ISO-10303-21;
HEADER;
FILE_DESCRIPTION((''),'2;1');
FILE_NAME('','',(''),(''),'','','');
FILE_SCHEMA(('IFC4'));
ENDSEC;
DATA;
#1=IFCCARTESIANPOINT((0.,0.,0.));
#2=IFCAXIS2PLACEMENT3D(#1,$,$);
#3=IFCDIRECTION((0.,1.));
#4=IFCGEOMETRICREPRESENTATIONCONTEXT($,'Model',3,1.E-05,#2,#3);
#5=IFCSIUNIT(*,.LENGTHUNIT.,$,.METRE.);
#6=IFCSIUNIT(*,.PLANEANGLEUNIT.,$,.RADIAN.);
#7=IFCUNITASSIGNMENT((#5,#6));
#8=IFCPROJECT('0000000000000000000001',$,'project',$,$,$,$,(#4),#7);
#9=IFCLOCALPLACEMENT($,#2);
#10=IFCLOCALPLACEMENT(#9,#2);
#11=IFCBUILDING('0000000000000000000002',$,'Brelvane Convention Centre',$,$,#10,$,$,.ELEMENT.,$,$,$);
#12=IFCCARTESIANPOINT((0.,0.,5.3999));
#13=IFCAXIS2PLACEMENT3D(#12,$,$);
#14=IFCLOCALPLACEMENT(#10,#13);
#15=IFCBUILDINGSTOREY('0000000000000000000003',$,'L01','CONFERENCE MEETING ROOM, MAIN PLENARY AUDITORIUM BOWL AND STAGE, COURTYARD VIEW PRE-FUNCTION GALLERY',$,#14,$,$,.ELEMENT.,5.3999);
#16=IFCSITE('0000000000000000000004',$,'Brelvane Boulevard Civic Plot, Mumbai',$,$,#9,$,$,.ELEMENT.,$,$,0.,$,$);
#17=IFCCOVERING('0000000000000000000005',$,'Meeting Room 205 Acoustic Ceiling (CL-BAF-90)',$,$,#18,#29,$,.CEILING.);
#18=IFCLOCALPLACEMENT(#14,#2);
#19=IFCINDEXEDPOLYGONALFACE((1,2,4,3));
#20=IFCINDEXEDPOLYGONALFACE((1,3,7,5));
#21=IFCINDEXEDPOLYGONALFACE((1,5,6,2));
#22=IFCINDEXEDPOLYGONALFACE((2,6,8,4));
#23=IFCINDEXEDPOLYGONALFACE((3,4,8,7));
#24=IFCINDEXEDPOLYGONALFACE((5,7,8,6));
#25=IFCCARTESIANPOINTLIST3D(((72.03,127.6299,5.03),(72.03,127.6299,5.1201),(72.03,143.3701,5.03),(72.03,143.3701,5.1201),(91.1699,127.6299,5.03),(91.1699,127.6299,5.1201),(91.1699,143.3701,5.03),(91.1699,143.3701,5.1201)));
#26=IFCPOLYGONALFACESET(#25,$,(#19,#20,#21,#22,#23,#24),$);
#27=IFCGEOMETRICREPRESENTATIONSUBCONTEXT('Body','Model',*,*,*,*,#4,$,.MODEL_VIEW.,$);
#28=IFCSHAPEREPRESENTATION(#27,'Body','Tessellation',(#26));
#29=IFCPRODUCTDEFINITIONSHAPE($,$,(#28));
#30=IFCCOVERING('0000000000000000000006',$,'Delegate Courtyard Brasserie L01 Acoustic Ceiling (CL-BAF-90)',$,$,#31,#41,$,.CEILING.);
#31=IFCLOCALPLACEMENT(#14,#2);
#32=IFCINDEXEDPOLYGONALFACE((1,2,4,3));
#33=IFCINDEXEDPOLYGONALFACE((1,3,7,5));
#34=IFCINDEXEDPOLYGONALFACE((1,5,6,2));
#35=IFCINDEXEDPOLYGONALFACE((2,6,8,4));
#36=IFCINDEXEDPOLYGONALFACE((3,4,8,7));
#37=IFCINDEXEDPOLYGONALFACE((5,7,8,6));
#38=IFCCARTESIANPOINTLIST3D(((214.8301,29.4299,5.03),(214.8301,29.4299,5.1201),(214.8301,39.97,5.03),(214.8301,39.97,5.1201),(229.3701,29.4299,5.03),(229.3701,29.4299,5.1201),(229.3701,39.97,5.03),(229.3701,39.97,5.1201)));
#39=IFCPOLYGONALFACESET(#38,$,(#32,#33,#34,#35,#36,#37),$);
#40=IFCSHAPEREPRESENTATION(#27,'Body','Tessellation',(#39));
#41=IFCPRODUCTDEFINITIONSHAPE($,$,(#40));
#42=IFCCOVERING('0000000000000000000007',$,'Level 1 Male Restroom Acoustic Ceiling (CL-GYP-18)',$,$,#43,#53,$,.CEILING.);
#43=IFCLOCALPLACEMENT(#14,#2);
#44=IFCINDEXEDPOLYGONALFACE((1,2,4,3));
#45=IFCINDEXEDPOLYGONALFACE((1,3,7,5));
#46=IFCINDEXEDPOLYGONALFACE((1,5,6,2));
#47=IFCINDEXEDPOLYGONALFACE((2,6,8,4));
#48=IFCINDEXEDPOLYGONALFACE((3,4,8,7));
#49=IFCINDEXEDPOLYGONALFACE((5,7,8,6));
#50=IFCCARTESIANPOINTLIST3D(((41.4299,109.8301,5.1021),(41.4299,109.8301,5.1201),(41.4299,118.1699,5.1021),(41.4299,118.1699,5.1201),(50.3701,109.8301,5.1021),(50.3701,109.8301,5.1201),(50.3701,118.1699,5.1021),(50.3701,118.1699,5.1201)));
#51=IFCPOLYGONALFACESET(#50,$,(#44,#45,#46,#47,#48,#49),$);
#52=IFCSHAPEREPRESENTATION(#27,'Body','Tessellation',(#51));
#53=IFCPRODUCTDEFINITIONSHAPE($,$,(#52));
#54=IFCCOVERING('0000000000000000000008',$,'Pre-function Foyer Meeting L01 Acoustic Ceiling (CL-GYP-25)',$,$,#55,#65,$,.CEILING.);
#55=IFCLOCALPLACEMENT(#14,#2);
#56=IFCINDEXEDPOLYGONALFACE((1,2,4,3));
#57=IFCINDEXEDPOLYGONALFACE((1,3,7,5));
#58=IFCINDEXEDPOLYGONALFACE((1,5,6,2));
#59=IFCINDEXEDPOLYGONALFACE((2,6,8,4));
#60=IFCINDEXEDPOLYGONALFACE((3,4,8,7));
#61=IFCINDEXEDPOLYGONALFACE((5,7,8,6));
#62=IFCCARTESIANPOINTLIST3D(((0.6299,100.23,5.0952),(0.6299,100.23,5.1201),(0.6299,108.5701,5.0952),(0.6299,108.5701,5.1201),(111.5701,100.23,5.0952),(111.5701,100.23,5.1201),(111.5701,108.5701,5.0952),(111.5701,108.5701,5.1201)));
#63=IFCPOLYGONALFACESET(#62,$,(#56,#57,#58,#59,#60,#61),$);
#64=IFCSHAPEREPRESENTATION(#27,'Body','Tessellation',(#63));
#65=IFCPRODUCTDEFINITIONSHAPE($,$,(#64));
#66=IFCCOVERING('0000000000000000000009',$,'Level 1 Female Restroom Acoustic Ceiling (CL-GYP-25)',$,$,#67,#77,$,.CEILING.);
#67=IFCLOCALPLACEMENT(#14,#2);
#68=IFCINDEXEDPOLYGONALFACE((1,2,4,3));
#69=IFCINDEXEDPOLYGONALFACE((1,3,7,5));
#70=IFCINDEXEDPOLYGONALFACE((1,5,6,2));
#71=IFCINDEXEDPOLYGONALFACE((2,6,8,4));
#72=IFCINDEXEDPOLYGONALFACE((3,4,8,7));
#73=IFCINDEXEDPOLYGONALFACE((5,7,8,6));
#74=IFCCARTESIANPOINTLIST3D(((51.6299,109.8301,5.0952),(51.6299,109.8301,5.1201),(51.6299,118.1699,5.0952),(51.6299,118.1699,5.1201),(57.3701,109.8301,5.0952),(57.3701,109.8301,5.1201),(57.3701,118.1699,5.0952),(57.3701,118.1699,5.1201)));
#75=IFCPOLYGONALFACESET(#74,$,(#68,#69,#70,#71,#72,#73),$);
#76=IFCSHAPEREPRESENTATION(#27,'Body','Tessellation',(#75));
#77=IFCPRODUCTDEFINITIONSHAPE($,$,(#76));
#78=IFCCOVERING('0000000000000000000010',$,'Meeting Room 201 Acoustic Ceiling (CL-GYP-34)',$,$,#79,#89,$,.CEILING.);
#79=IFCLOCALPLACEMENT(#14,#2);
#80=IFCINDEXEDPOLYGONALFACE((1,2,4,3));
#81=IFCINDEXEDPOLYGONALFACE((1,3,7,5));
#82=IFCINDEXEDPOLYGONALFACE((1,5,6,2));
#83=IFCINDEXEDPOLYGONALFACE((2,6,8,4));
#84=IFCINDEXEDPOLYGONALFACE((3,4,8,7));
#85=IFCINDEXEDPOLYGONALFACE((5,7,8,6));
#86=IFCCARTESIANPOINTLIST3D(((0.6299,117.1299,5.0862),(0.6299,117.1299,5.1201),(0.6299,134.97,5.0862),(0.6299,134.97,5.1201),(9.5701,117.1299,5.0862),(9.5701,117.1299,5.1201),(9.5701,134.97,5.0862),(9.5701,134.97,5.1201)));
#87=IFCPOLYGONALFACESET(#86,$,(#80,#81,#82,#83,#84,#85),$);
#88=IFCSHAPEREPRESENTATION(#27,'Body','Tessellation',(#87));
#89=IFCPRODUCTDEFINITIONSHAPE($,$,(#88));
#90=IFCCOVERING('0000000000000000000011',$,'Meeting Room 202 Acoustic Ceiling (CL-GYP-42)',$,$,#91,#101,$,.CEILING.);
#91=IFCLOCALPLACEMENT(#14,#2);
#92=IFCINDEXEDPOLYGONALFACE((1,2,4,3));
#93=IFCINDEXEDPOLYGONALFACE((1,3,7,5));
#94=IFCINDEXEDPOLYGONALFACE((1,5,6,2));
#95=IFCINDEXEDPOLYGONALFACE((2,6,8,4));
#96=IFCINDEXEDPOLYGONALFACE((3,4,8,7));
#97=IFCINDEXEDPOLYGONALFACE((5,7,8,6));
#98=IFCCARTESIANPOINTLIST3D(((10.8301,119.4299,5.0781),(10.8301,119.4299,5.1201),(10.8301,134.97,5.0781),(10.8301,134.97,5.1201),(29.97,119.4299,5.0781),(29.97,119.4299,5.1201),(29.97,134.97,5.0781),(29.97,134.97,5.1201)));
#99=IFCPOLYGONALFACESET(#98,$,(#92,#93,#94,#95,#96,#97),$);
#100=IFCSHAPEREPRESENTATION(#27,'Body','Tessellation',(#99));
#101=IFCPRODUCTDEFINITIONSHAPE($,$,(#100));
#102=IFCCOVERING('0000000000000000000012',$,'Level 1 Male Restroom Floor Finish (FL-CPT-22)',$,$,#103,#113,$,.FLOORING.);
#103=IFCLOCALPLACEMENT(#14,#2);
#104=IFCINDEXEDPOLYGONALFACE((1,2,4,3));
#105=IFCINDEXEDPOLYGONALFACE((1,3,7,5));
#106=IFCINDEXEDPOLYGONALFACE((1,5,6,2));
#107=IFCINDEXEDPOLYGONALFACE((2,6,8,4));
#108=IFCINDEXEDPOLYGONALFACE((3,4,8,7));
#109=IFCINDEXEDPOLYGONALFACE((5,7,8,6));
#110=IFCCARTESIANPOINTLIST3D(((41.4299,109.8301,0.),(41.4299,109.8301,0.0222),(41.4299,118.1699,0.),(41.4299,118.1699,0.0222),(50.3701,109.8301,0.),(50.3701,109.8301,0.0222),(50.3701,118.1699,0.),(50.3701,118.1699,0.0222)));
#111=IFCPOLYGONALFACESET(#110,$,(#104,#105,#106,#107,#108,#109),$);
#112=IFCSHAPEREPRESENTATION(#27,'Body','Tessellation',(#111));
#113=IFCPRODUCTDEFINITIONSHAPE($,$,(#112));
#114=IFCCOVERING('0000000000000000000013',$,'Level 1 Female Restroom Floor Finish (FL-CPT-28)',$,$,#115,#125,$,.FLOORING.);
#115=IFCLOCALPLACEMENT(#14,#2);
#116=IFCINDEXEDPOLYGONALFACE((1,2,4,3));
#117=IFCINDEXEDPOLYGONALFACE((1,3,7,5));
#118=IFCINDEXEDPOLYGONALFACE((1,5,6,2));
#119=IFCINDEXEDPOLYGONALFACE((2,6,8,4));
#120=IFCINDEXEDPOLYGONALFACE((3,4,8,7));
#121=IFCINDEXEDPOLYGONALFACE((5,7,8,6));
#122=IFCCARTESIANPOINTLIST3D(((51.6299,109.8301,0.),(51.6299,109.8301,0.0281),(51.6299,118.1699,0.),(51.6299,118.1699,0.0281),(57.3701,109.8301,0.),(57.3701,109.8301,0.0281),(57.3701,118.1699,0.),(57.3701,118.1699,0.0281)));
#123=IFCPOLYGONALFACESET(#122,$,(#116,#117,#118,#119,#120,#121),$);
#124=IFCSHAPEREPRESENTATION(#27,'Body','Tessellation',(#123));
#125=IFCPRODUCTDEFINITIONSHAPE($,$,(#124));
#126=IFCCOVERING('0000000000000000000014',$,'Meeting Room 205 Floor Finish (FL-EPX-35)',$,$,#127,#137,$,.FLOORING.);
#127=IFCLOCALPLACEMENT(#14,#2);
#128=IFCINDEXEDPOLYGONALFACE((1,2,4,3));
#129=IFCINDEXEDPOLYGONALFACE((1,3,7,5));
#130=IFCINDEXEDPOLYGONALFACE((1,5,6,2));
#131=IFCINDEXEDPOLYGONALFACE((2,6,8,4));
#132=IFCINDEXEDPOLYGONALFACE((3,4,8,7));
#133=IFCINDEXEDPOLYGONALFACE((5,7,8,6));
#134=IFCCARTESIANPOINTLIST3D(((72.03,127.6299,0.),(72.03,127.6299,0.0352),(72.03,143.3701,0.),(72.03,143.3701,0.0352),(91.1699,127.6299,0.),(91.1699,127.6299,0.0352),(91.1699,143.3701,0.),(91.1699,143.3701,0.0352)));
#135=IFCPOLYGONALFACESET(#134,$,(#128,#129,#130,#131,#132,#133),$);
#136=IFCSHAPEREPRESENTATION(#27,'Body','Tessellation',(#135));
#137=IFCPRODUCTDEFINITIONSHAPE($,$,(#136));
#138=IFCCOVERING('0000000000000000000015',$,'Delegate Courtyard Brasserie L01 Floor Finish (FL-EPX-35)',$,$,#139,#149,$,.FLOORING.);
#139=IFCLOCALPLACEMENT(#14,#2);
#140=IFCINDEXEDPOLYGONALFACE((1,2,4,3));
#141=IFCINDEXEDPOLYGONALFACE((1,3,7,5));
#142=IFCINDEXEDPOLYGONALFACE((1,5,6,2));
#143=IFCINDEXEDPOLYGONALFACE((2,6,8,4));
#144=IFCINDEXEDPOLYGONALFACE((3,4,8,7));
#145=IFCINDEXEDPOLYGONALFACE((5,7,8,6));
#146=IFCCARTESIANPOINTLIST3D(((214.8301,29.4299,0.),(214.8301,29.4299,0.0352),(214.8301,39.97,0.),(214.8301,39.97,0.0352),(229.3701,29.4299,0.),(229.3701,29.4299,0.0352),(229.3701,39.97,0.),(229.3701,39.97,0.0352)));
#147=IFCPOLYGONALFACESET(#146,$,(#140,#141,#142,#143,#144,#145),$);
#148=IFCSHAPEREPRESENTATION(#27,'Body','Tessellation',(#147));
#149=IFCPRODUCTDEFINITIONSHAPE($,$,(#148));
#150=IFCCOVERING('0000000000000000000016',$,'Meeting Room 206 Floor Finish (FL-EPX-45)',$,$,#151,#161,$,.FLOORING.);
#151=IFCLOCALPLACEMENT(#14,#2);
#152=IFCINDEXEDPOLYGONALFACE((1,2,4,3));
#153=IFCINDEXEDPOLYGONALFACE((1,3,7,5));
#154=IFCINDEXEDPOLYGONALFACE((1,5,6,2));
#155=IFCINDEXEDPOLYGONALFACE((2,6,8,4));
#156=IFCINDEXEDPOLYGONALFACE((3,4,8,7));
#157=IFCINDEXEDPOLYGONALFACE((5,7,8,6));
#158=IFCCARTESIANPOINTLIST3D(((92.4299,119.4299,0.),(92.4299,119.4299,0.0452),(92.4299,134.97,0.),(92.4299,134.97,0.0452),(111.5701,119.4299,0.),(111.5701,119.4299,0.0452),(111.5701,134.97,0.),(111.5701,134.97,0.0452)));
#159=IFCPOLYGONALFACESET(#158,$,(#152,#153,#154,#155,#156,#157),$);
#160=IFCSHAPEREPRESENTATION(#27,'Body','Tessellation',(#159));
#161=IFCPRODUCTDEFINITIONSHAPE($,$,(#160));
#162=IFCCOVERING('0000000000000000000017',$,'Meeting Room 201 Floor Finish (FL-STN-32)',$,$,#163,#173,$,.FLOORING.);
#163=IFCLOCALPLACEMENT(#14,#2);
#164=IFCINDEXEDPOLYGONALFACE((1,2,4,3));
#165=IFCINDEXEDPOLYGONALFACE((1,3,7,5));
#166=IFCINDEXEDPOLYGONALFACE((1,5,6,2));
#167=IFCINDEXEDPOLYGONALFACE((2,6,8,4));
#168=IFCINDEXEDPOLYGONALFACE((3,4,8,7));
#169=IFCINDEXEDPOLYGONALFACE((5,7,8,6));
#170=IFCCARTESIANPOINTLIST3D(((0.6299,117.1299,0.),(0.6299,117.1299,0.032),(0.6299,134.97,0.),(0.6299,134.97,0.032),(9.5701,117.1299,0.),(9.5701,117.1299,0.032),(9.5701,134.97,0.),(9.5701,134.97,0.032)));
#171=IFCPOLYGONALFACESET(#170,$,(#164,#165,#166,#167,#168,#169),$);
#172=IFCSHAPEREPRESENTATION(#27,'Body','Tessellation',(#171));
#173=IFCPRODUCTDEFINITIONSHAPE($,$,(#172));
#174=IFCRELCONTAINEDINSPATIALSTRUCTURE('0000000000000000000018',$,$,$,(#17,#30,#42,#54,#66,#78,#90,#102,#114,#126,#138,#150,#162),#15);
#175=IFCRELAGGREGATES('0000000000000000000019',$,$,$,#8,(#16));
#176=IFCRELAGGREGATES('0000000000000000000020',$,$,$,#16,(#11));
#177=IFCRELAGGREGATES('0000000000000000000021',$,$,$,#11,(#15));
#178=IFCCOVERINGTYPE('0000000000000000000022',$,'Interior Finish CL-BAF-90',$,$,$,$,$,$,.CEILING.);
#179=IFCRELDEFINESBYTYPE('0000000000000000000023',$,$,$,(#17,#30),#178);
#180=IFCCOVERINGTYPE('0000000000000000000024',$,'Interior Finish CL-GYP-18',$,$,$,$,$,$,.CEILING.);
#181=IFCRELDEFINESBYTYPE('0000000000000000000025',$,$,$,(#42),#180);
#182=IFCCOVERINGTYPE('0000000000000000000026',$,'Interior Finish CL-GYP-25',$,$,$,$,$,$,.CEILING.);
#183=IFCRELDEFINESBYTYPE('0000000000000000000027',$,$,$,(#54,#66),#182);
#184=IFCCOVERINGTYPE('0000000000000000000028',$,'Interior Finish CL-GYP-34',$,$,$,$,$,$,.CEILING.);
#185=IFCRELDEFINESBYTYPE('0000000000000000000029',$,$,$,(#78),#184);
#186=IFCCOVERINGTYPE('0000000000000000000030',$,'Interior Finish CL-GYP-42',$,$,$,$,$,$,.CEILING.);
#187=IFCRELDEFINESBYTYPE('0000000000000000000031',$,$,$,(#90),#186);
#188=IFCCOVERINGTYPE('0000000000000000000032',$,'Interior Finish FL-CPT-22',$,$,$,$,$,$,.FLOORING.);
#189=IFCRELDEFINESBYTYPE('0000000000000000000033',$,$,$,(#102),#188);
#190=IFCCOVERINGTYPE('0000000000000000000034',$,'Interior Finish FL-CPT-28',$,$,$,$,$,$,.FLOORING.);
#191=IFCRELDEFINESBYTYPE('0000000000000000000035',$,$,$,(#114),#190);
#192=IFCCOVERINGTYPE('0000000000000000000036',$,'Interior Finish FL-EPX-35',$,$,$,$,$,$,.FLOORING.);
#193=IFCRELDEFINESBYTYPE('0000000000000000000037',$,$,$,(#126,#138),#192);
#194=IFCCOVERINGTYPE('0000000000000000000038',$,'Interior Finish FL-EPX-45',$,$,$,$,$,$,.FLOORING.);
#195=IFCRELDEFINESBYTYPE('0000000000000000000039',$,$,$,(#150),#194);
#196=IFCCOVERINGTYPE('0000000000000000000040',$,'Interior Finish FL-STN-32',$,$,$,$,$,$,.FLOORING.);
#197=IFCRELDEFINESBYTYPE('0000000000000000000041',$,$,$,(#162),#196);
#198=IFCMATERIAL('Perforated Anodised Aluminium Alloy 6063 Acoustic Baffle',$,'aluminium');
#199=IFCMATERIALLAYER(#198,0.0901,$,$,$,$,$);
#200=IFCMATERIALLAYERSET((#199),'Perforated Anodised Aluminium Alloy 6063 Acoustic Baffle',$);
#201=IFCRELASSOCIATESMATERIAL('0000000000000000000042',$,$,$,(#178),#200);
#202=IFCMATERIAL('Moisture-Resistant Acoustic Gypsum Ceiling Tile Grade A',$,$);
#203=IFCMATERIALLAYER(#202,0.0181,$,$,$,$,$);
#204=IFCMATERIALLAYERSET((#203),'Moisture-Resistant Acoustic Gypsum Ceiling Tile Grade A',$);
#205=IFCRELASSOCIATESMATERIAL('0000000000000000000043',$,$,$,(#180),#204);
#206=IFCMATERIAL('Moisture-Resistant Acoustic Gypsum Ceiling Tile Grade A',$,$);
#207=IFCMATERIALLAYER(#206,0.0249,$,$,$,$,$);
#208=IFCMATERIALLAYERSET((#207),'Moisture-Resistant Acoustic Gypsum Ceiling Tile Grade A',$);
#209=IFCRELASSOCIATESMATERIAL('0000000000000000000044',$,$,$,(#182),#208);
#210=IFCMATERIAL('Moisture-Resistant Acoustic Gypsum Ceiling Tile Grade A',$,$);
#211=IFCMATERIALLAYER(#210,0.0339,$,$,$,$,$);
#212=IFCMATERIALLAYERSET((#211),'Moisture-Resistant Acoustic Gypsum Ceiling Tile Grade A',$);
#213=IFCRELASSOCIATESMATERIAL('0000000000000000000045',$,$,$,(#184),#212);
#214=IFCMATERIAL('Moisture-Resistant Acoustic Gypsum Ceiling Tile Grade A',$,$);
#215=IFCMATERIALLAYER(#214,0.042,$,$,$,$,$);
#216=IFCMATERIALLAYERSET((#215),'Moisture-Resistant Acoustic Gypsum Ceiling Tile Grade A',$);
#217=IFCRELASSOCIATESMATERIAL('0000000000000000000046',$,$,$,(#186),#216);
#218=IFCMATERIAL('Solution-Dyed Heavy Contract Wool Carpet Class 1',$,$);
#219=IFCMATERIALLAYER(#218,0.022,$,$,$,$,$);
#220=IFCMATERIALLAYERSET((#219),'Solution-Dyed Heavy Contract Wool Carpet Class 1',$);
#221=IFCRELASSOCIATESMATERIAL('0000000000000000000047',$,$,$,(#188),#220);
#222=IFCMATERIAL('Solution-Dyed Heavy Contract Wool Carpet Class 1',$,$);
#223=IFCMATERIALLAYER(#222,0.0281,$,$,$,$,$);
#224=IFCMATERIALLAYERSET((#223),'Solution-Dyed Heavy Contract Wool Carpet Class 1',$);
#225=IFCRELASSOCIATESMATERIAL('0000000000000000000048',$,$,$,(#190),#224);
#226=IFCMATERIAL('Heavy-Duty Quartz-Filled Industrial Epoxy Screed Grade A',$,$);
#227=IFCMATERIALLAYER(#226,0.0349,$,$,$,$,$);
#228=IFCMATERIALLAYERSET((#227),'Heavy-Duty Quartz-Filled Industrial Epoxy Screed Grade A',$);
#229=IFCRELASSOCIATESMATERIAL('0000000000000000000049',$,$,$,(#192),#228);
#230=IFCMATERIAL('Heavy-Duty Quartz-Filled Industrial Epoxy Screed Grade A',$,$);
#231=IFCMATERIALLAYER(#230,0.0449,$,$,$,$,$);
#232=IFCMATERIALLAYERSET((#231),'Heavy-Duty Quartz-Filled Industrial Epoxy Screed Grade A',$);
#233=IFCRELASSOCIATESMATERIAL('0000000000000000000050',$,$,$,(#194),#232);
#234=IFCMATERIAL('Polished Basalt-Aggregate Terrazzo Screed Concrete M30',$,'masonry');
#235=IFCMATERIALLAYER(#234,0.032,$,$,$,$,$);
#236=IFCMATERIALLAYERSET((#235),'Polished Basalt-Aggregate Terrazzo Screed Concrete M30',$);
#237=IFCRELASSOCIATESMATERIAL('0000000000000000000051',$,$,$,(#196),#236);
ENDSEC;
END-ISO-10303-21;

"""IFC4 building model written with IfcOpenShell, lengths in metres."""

from ifc_helpers import new_model, si_unit, direction, frame, origin, place, context, subcontext, project, spatial, polyline, outline, extrude, material, layer, layer_set, type_object, element, save


model = new_model("IFC4")

# Units and contexts
model_context = context("Model", 3, precision=1e-05, world=origin(), true_north=direction((0.0, 1.0)))
body_context = subcontext(model_context, "Body", "Model", "MODEL_VIEW")
ifc_project = project(units=[si_unit("LENGTHUNIT", "METRE"), si_unit("PLANEANGLEUNIT", "RADIAN")], contexts=[model_context])

# Site, building, storey
site_placement = place(None, origin())
site = spatial("IfcSite", under=ifc_project, at=site_placement, Name="Brelvane Boulevard Civic Plot, Mumbai", CompositionType="ELEMENT", RefElevation=0.0)
building_placement = place(site_placement, origin())
building = spatial("IfcBuilding", under=site, at=building_placement, Name="Brelvane Convention Centre", CompositionType="ELEMENT")
storey_placement = place(building_placement, frame((0.0, 0.0, 5.3999)))
storey = spatial("IfcBuildingStorey", under=building, at=storey_placement, Name="L01", Description="CONFERENCE MEETING ROOM, MAIN PLENARY AUDITORIUM BOWL AND STAGE, COURTYARD VIEW PRE-FUNCTION GALLERY", CompositionType="ELEMENT", Elevation=5.3999)

# Coverings
ifc_material_1 = material(Name="Perforated Anodised Aluminium Alloy 6063 Acoustic Baffle", Category="aluminium")
ifc_layer_1 = layer(ifc_material_1, 0.0901)
ifc_layer_set_1 = layer_set([ifc_layer_1], Name="Perforated Anodised Aluminium Alloy 6063 Acoustic Baffle")
covering_type_1 = type_object("IfcCoveringType", Name="Interior Finish CL-BAF-90", PredefinedType="CEILING", material=ifc_layer_set_1)
covering_1_placement = place(storey_placement, frame((0.0, 0.0, 5.03)))
element("IfcCovering", 1, at=covering_1_placement, inside=storey, type_object=covering_type_1, Name="Meeting Room 205 Acoustic Ceiling (CL-BAF-90)", PredefinedType="CEILING", context=body_context, shape_type="SweptSolid", body=[
    extrude(outline(polyline([(72.03, 127.6299), (91.1699, 127.6299), (91.1699, 143.3701), (72.03, 143.3701), (72.03, 127.6299)])), origin(), (0.0, 0.0, 1.0), 0.0901),
])
covering_2_placement = place(storey_placement, frame((0.0, 0.0, 5.03)))
element("IfcCovering", 2, at=covering_2_placement, inside=storey, type_object=covering_type_1, Name="Delegate Courtyard Brasserie L01 Acoustic Ceiling (CL-BAF-90)", PredefinedType="CEILING", context=body_context, shape_type="SweptSolid", body=[
    extrude(outline(polyline([(214.8301, 29.4299), (229.3701, 29.4299), (229.3701, 39.97), (214.8301, 39.97), (214.8301, 29.4299)])), origin(), (0.0, 0.0, 1.0), 0.0901),
])
ifc_material_2 = material(Name="Moisture-Resistant Acoustic Gypsum Ceiling Tile Grade A")
ifc_layer_2 = layer(ifc_material_2, 0.0181)
ifc_layer_set_2 = layer_set([ifc_layer_2], Name="Moisture-Resistant Acoustic Gypsum Ceiling Tile Grade A")
covering_type_2 = type_object("IfcCoveringType", Name="Interior Finish CL-GYP-18", PredefinedType="CEILING", material=ifc_layer_set_2)
covering_3_placement = place(storey_placement, frame((0.0, 0.0, 5.1021)))
element("IfcCovering", 3, at=covering_3_placement, inside=storey, type_object=covering_type_2, Name="Level 1 Male Restroom Acoustic Ceiling (CL-GYP-18)", PredefinedType="CEILING", context=body_context, shape_type="SweptSolid", body=[
    extrude(outline(polyline([(41.4299, 109.8301), (50.3701, 109.8301), (50.3701, 118.1699), (41.4299, 118.1699), (41.4299, 109.8301)])), origin(), (0.0, 0.0, 1.0), 0.0181),
])
ifc_material_3 = material(Name="Moisture-Resistant Acoustic Gypsum Ceiling Tile Grade A")
ifc_layer_3 = layer(ifc_material_3, 0.0249)
ifc_layer_set_3 = layer_set([ifc_layer_3], Name="Moisture-Resistant Acoustic Gypsum Ceiling Tile Grade A")
covering_type_3 = type_object("IfcCoveringType", Name="Interior Finish CL-GYP-25", PredefinedType="CEILING", material=ifc_layer_set_3)
covering_4_placement = place(storey_placement, frame((0.0, 0.0, 5.0952)))
element("IfcCovering", 4, at=covering_4_placement, inside=storey, type_object=covering_type_3, Name="Pre-function Foyer Meeting L01 Acoustic Ceiling (CL-GYP-25)", PredefinedType="CEILING", context=body_context, shape_type="SweptSolid", body=[
    extrude(outline(polyline([(0.6299, 100.23), (111.5701, 100.23), (111.5701, 108.5701), (0.6299, 108.5701), (0.6299, 100.23)])), origin(), (0.0, 0.0, 1.0), 0.0249),
])
covering_5_placement = place(storey_placement, frame((0.0, 0.0, 5.0952)))
element("IfcCovering", 5, at=covering_5_placement, inside=storey, type_object=covering_type_3, Name="Level 1 Female Restroom Acoustic Ceiling (CL-GYP-25)", PredefinedType="CEILING", context=body_context, shape_type="SweptSolid", body=[
    extrude(outline(polyline([(51.6299, 109.8301), (57.3701, 109.8301), (57.3701, 118.1699), (51.6299, 118.1699), (51.6299, 109.8301)])), origin(), (0.0, 0.0, 1.0), 0.0249),
])
ifc_material_4 = material(Name="Moisture-Resistant Acoustic Gypsum Ceiling Tile Grade A")
ifc_layer_4 = layer(ifc_material_4, 0.0339)
ifc_layer_set_4 = layer_set([ifc_layer_4], Name="Moisture-Resistant Acoustic Gypsum Ceiling Tile Grade A")
covering_type_4 = type_object("IfcCoveringType", Name="Interior Finish CL-GYP-34", PredefinedType="CEILING", material=ifc_layer_set_4)
covering_6_placement = place(storey_placement, frame((0.0, 0.0, 5.0862)))
element("IfcCovering", 6, at=covering_6_placement, inside=storey, type_object=covering_type_4, Name="Meeting Room 201 Acoustic Ceiling (CL-GYP-34)", PredefinedType="CEILING", context=body_context, shape_type="SweptSolid", body=[
    extrude(outline(polyline([(0.6299, 117.1299), (9.5701, 117.1299), (9.5701, 134.97), (0.6299, 134.97), (0.6299, 117.1299)])), origin(), (0.0, 0.0, 1.0), 0.0339),
])
ifc_material_5 = material(Name="Moisture-Resistant Acoustic Gypsum Ceiling Tile Grade A")
ifc_layer_5 = layer(ifc_material_5, 0.042)
ifc_layer_set_5 = layer_set([ifc_layer_5], Name="Moisture-Resistant Acoustic Gypsum Ceiling Tile Grade A")
covering_type_5 = type_object("IfcCoveringType", Name="Interior Finish CL-GYP-42", PredefinedType="CEILING", material=ifc_layer_set_5)
covering_7_placement = place(storey_placement, frame((0.0, 0.0, 5.0781)))
element("IfcCovering", 7, at=covering_7_placement, inside=storey, type_object=covering_type_5, Name="Meeting Room 202 Acoustic Ceiling (CL-GYP-42)", PredefinedType="CEILING", context=body_context, shape_type="SweptSolid", body=[
    extrude(outline(polyline([(10.8301, 119.4299), (29.97, 119.4299), (29.97, 134.97), (10.8301, 134.97), (10.8301, 119.4299)])), origin(), (0.0, 0.0, 1.0), 0.042),
])
ifc_material_6 = material(Name="Solution-Dyed Heavy Contract Wool Carpet Class 1")
ifc_layer_6 = layer(ifc_material_6, 0.022)
ifc_layer_set_6 = layer_set([ifc_layer_6], Name="Solution-Dyed Heavy Contract Wool Carpet Class 1")
covering_type_6 = type_object("IfcCoveringType", Name="Interior Finish FL-CPT-22", PredefinedType="FLOORING", material=ifc_layer_set_6)
covering_8_placement = place(storey_placement, origin())
element("IfcCovering", 8, at=covering_8_placement, inside=storey, type_object=covering_type_6, Name="Level 1 Male Restroom Floor Finish (FL-CPT-22)", PredefinedType="FLOORING", context=body_context, shape_type="SweptSolid", body=[
    extrude(outline(polyline([(41.4299, 109.8301), (50.3701, 109.8301), (50.3701, 118.1699), (41.4299, 118.1699), (41.4299, 109.8301)])), origin(), (0.0, 0.0, 1.0), 0.0222),
])
ifc_material_7 = material(Name="Solution-Dyed Heavy Contract Wool Carpet Class 1")
ifc_layer_7 = layer(ifc_material_7, 0.0281)
ifc_layer_set_7 = layer_set([ifc_layer_7], Name="Solution-Dyed Heavy Contract Wool Carpet Class 1")
covering_type_7 = type_object("IfcCoveringType", Name="Interior Finish FL-CPT-28", PredefinedType="FLOORING", material=ifc_layer_set_7)
covering_9_placement = place(storey_placement, origin())
element("IfcCovering", 9, at=covering_9_placement, inside=storey, type_object=covering_type_7, Name="Level 1 Female Restroom Floor Finish (FL-CPT-28)", PredefinedType="FLOORING", context=body_context, shape_type="SweptSolid", body=[
    extrude(outline(polyline([(51.6299, 109.8301), (57.3701, 109.8301), (57.3701, 118.1699), (51.6299, 118.1699), (51.6299, 109.8301)])), origin(), (0.0, 0.0, 1.0), 0.0281),
])
ifc_material_8 = material(Name="Heavy-Duty Quartz-Filled Industrial Epoxy Screed Grade A")
ifc_layer_8 = layer(ifc_material_8, 0.0349)
ifc_layer_set_8 = layer_set([ifc_layer_8], Name="Heavy-Duty Quartz-Filled Industrial Epoxy Screed Grade A")
covering_type_8 = type_object("IfcCoveringType", Name="Interior Finish FL-EPX-35", PredefinedType="FLOORING", material=ifc_layer_set_8)
covering_10_placement = place(storey_placement, origin())
element("IfcCovering", 10, at=covering_10_placement, inside=storey, type_object=covering_type_8, Name="Meeting Room 205 Floor Finish (FL-EPX-35)", PredefinedType="FLOORING", context=body_context, shape_type="SweptSolid", body=[
    extrude(outline(polyline([(72.03, 127.6299), (91.1699, 127.6299), (91.1699, 143.3701), (72.03, 143.3701), (72.03, 127.6299)])), origin(), (0.0, 0.0, 1.0), 0.0352),
])
covering_11_placement = place(storey_placement, origin())
element("IfcCovering", 11, at=covering_11_placement, inside=storey, type_object=covering_type_8, Name="Delegate Courtyard Brasserie L01 Floor Finish (FL-EPX-35)", PredefinedType="FLOORING", context=body_context, shape_type="SweptSolid", body=[
    extrude(outline(polyline([(214.8301, 29.4299), (229.3701, 29.4299), (229.3701, 39.97), (214.8301, 39.97), (214.8301, 29.4299)])), origin(), (0.0, 0.0, 1.0), 0.0352),
])
ifc_material_9 = material(Name="Heavy-Duty Quartz-Filled Industrial Epoxy Screed Grade A")
ifc_layer_9 = layer(ifc_material_9, 0.0449)
ifc_layer_set_9 = layer_set([ifc_layer_9], Name="Heavy-Duty Quartz-Filled Industrial Epoxy Screed Grade A")
covering_type_9 = type_object("IfcCoveringType", Name="Interior Finish FL-EPX-45", PredefinedType="FLOORING", material=ifc_layer_set_9)
covering_12_placement = place(storey_placement, origin())
element("IfcCovering", 12, at=covering_12_placement, inside=storey, type_object=covering_type_9, Name="Meeting Room 206 Floor Finish (FL-EPX-45)", PredefinedType="FLOORING", context=body_context, shape_type="SweptSolid", body=[
    extrude(outline(polyline([(92.4299, 119.4299), (111.5701, 119.4299), (111.5701, 134.97), (92.4299, 134.97), (92.4299, 119.4299)])), origin(), (0.0, 0.0, 1.0), 0.0452),
])
ifc_material_10 = material(Name="Polished Basalt-Aggregate Terrazzo Screed Concrete M30", Category="masonry")
ifc_layer_10 = layer(ifc_material_10, 0.032)
ifc_layer_set_10 = layer_set([ifc_layer_10], Name="Polished Basalt-Aggregate Terrazzo Screed Concrete M30")
covering_type_10 = type_object("IfcCoveringType", Name="Interior Finish FL-STN-32", PredefinedType="FLOORING", material=ifc_layer_set_10)
covering_13_placement = place(storey_placement, origin())
element("IfcCovering", 13, at=covering_13_placement, inside=storey, type_object=covering_type_10, Name="Meeting Room 201 Floor Finish (FL-STN-32)", PredefinedType="FLOORING", context=body_context, shape_type="SweptSolid", body=[
    extrude(outline(polyline([(0.6299, 117.1299), (9.5701, 117.1299), (9.5701, 134.97), (0.6299, 134.97), (0.6299, 117.1299)])), origin(), (0.0, 0.0, 1.0), 0.032),
])

save(model, "model.ifc")
